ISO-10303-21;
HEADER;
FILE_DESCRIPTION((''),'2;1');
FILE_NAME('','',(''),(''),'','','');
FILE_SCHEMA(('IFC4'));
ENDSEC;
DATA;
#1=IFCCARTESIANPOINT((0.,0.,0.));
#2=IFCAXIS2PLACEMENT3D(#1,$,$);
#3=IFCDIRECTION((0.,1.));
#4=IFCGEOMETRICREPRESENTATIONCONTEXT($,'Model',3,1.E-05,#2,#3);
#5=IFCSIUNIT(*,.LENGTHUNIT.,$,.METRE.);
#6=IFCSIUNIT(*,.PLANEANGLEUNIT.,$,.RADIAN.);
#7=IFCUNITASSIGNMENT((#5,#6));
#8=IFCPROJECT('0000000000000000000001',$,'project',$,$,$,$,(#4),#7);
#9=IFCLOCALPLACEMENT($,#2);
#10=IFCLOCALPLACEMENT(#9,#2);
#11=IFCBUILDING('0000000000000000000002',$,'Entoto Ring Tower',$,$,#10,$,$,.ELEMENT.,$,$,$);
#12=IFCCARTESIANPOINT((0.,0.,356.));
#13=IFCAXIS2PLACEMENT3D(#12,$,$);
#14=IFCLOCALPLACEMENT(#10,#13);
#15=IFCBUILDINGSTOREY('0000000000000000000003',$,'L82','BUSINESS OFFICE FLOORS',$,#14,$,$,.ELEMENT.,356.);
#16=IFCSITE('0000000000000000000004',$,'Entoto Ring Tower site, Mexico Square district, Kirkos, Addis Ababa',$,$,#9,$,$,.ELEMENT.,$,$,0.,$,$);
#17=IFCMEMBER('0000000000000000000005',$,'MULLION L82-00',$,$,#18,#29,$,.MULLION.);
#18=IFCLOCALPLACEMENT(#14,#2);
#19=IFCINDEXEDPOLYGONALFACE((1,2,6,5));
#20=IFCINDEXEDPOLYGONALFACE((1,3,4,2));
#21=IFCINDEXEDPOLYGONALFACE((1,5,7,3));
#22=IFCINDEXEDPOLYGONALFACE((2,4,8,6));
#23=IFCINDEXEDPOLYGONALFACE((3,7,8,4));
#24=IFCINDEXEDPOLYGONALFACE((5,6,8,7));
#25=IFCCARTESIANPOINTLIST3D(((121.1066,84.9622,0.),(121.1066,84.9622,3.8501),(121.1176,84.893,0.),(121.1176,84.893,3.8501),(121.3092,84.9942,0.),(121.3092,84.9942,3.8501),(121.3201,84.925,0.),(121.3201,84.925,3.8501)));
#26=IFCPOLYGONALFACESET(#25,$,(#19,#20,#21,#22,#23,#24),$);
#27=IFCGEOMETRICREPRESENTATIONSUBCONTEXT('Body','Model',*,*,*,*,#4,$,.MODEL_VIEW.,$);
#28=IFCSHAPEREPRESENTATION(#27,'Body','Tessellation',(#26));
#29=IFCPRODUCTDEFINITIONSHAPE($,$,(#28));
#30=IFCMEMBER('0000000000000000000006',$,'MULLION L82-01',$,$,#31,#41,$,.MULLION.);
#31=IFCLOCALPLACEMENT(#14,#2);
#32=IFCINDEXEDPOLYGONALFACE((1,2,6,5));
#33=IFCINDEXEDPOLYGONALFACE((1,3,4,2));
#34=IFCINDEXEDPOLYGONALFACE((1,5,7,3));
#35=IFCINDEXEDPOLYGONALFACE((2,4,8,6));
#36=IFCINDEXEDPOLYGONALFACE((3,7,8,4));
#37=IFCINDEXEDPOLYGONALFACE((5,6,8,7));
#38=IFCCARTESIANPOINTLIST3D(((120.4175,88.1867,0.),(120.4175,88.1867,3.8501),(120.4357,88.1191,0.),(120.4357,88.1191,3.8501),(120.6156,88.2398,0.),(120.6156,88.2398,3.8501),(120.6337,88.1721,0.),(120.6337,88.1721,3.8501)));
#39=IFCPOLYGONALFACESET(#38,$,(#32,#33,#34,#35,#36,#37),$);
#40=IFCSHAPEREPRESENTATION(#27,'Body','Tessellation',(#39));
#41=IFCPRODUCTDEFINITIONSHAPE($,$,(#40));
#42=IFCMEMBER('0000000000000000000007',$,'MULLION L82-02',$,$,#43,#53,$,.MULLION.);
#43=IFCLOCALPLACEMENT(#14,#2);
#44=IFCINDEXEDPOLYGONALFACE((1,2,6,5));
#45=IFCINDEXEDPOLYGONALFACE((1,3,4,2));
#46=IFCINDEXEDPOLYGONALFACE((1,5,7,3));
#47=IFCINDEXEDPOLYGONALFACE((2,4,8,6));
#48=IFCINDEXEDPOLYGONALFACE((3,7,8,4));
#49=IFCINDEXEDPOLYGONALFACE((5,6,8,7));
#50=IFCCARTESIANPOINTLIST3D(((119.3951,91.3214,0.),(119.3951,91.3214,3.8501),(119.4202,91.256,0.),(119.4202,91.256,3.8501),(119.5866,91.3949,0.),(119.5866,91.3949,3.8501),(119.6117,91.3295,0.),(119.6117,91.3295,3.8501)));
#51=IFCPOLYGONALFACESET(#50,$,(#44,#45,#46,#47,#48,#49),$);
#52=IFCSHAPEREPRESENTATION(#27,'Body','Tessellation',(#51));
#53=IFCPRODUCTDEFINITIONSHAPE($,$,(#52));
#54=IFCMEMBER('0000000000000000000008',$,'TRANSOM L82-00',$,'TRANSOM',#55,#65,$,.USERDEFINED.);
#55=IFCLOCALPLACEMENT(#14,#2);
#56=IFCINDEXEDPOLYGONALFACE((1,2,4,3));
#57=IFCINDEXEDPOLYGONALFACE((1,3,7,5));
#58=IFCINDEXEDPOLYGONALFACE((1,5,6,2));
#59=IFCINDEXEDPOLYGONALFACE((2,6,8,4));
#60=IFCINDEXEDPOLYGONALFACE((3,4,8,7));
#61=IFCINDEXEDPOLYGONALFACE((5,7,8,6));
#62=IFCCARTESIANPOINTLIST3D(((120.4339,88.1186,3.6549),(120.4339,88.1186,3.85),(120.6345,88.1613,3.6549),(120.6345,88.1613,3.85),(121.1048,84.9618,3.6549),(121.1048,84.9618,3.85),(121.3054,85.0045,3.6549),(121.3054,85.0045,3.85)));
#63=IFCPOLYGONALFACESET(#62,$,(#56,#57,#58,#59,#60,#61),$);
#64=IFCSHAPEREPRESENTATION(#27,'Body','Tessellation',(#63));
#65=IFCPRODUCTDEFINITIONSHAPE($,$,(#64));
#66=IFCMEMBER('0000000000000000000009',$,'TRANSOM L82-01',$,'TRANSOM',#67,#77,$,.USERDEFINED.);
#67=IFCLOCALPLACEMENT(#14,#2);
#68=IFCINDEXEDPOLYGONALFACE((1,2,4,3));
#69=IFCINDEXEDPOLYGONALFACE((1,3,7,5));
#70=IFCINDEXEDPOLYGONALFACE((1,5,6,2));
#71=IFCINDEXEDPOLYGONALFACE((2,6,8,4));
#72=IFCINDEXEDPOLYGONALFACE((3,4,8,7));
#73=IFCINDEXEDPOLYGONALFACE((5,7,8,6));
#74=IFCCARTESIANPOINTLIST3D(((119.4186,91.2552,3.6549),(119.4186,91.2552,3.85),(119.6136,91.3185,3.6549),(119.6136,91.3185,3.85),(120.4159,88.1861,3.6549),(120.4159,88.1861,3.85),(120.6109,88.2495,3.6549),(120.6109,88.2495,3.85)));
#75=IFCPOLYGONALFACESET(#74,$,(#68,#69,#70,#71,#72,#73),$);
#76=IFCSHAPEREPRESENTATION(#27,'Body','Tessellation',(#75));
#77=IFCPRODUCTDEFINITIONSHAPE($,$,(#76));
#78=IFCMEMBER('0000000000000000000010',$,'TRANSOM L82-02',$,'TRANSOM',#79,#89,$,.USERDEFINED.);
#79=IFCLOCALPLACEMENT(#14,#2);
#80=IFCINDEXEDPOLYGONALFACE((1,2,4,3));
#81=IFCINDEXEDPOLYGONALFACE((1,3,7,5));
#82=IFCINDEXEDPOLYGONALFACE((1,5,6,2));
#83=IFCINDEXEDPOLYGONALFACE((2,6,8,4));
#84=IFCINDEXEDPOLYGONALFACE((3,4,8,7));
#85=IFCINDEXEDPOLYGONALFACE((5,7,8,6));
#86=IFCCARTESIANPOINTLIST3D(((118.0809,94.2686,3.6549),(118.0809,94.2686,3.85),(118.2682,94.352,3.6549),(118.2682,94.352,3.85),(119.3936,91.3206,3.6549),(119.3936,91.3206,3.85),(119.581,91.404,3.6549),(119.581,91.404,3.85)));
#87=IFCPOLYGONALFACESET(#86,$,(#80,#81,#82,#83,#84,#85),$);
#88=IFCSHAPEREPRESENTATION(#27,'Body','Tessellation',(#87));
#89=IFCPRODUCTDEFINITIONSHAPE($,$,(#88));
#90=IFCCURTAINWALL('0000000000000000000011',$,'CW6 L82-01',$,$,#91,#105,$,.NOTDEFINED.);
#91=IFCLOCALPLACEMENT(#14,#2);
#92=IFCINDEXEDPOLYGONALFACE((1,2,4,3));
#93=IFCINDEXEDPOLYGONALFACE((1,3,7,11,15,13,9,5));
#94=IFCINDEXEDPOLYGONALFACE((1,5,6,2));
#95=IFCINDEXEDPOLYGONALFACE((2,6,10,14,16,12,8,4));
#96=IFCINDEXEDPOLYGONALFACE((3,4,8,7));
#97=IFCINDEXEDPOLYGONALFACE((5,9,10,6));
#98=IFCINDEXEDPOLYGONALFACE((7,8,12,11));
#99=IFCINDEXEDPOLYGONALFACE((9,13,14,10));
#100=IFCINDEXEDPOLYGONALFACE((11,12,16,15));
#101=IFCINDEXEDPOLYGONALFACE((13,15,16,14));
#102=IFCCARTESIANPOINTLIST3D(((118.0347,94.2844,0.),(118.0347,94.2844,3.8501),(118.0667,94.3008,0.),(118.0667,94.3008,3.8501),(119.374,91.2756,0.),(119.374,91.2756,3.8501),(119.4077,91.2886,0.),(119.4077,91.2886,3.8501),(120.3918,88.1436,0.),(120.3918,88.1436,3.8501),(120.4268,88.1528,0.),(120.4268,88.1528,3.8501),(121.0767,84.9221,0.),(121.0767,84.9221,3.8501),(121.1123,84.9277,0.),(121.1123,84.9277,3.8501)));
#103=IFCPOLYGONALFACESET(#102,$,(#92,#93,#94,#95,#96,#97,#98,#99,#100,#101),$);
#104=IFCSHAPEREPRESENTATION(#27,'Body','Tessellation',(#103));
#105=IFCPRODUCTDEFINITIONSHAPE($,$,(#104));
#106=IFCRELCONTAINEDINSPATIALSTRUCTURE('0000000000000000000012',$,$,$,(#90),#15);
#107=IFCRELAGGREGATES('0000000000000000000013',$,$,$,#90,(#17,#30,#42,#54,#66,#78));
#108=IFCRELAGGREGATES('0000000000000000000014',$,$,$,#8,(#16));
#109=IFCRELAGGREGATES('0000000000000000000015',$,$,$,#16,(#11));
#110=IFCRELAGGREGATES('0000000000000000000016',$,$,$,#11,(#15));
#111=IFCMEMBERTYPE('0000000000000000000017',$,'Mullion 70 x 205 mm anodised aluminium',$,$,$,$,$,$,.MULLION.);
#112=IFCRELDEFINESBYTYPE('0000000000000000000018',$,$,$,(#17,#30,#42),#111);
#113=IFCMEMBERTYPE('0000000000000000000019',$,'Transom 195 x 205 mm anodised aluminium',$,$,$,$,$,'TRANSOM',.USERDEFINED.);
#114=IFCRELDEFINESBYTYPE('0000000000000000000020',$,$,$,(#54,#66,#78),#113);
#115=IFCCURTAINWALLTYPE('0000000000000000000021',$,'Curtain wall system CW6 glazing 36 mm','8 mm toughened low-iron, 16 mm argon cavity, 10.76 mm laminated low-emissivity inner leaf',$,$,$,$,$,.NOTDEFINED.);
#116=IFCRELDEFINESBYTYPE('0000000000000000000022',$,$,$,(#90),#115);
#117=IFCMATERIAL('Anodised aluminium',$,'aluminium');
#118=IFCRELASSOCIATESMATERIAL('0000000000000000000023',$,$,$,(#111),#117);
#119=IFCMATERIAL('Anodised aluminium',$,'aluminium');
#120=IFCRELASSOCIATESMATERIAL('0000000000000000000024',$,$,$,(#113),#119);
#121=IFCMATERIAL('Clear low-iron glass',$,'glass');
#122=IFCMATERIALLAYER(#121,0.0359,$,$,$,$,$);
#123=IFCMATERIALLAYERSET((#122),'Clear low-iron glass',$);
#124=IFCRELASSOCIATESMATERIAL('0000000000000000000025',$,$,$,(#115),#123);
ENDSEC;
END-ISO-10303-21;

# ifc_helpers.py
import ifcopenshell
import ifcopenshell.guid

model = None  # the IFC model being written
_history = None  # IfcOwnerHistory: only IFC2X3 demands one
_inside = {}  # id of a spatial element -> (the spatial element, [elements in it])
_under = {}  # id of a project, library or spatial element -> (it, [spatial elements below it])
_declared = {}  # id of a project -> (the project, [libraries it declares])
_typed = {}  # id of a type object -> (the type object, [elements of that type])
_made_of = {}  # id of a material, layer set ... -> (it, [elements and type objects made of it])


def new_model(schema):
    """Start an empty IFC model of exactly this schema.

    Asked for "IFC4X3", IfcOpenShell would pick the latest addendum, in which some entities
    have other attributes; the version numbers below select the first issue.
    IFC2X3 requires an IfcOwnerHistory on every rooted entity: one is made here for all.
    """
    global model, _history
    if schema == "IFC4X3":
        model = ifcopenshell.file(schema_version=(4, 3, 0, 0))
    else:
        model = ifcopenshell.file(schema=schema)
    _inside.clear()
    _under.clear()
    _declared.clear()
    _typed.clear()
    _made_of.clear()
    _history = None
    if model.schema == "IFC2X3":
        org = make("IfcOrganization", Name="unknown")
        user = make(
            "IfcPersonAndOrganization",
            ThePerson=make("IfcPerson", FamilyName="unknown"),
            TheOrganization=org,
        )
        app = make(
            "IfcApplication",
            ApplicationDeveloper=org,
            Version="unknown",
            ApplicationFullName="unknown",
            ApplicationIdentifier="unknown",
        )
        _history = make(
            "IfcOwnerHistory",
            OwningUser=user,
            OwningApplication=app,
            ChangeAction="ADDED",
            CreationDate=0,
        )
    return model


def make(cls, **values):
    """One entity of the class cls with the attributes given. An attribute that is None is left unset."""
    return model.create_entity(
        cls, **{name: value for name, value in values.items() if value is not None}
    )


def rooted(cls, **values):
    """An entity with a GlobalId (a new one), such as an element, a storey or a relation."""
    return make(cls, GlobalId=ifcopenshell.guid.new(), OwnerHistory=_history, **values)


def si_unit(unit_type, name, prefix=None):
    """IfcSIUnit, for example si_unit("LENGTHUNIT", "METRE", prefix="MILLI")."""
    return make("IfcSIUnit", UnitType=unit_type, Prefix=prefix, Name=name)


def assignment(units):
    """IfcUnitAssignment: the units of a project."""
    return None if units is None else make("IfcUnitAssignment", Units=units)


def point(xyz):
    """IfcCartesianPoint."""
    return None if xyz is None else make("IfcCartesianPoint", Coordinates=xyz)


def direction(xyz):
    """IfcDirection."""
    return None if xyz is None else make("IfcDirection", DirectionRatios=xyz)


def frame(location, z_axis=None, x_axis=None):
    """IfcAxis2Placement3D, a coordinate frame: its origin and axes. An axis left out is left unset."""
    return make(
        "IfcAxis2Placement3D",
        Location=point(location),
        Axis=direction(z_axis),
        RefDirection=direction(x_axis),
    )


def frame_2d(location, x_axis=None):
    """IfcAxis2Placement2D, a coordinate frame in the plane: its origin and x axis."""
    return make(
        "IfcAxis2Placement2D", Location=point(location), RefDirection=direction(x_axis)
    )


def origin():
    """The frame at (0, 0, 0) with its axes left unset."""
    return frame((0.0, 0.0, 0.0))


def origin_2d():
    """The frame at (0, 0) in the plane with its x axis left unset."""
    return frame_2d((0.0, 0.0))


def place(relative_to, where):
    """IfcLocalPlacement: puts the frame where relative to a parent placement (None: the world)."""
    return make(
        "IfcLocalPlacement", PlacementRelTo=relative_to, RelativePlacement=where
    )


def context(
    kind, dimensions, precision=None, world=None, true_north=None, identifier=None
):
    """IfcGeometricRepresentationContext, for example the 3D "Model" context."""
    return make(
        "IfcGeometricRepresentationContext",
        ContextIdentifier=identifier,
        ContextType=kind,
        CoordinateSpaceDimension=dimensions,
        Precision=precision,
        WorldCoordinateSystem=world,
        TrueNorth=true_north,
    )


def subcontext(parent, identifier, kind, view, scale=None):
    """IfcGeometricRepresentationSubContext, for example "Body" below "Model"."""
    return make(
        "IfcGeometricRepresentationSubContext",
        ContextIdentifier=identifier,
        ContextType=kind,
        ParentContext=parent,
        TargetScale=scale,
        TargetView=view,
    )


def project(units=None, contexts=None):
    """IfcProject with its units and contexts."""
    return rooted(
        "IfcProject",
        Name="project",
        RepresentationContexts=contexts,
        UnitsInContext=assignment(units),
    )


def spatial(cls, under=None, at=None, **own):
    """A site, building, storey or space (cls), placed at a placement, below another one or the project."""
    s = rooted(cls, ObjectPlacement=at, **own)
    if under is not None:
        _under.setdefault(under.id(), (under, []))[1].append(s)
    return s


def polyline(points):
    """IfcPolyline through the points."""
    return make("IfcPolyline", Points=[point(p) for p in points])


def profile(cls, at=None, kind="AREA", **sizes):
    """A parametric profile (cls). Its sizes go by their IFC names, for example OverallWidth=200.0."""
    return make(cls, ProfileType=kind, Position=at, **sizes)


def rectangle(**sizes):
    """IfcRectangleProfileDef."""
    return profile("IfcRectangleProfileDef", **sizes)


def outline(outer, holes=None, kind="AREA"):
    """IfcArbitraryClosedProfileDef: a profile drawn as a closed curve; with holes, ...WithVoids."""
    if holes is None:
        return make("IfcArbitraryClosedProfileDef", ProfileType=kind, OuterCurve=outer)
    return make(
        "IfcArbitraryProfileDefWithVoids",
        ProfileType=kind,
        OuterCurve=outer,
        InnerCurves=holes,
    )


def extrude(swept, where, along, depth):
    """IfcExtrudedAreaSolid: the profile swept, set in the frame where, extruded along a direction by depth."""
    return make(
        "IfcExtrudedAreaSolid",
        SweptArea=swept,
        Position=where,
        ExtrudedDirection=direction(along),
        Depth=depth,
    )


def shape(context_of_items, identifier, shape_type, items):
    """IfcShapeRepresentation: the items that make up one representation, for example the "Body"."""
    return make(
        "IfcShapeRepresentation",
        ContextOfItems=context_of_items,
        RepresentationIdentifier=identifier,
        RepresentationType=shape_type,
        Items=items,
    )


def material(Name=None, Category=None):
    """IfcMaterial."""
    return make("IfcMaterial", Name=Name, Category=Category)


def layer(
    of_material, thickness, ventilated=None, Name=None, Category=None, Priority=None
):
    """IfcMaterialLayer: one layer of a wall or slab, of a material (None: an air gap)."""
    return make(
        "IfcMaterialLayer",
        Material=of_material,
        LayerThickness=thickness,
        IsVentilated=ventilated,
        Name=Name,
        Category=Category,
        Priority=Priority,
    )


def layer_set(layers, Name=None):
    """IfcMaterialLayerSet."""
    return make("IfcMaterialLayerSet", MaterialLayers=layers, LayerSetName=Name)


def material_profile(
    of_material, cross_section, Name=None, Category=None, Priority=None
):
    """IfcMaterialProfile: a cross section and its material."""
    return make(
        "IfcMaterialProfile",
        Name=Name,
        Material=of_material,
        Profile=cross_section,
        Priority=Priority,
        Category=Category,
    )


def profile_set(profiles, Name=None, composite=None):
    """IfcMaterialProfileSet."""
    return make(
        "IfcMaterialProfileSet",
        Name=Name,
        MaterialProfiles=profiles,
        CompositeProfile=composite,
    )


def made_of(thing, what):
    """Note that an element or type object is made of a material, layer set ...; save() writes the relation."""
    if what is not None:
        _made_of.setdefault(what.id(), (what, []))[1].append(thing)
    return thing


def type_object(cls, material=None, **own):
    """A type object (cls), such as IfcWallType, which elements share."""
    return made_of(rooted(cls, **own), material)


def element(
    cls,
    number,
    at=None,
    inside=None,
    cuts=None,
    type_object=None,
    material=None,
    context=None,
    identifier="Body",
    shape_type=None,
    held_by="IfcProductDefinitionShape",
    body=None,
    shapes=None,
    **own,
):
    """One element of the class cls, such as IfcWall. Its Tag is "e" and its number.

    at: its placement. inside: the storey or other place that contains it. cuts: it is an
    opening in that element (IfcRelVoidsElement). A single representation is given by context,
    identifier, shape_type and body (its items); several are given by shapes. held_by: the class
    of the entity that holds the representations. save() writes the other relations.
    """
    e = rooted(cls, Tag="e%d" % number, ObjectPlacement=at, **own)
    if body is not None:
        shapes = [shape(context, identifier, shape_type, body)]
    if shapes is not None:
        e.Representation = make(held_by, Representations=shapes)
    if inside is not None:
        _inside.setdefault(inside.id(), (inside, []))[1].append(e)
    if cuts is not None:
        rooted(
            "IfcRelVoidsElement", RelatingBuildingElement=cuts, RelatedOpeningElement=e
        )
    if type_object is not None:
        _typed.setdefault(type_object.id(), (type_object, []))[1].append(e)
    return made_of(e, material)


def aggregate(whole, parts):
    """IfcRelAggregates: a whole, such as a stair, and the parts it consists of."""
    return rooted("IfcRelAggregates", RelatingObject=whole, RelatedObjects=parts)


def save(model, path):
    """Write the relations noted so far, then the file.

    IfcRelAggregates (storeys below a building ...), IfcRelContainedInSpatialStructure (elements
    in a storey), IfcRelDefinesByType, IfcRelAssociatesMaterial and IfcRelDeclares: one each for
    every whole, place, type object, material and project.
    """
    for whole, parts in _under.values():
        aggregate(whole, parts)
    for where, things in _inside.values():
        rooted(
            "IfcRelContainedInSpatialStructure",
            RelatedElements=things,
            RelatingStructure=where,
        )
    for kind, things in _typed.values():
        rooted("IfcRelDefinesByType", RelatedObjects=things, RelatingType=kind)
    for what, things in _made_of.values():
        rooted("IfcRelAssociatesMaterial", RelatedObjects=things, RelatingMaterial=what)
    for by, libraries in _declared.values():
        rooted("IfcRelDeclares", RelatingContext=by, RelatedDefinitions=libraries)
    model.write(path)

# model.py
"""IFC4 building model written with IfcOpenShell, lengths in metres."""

from ifc_helpers import new_model, si_unit, direction, frame, origin, origin_2d, place, context, subcontext, project, spatial, polyline, rectangle, outline, extrude, material, layer, layer_set, material_profile, profile_set, type_object, element, aggregate, save


model = new_model("IFC4")

# Units and contexts
model_context = context("Model", 3, precision=1e-05, world=origin(), true_north=direction((0.0, 1.0)))
body_context = subcontext(model_context, "Body", "Model", "MODEL_VIEW")
ifc_project = project(units=[si_unit("LENGTHUNIT", "METRE"), si_unit("PLANEANGLEUNIT", "RADIAN")], contexts=[model_context])

# Members
ifc_material_1 = material(Name="Anodised aluminium", Category="aluminium")
ifc_material_profile_1 = material_profile(ifc_material_1, rectangle(XDim=0.0701, YDim=0.2051, at=origin_2d()), Name="Mullion 70 x 205 mm anodised aluminium")
ifc_profile_set_1 = profile_set([ifc_material_profile_1], Name="Anodised aluminium")
member_type_1 = type_object("IfcMemberType", Name="Mullion 70 x 205 mm anodised aluminium", PredefinedType="MULLION", material=ifc_profile_set_1)
site_placement = place(None, origin())
building_placement = place(site_placement, origin())
storey_placement = place(building_placement, frame((0.0, 0.0, 356.0)))
member_1_placement = place(storey_placement, frame((121.2134, 84.9436, 0.0), z_axis=(0.0, 0.0, 1.0), x_axis=(-0.156434, 0.987688, 0.0)))
member_1 = element("IfcMember", 1, at=member_1_placement, type_object=member_type_1, Name="MULLION L82-00", PredefinedType="MULLION", context=body_context, shape_type="SweptSolid", body=[
    extrude(rectangle(XDim=0.0701, YDim=0.2051, at=origin_2d()), origin(), (0.0, 0.0, 1.0), 3.8501),
])
member_2_placement = place(storey_placement, frame((120.5256, 88.1794, 0.0), z_axis=(0.0, 0.0, 1.0), x_axis=(-0.258819, 0.965926, 0.0)))
member_2 = element("IfcMember", 2, at=member_2_placement, type_object=member_type_1, Name="MULLION L82-01", PredefinedType="MULLION", context=body_context, shape_type="SweptSolid", body=[
    extrude(rectangle(XDim=0.0701, YDim=0.2051, at=origin_2d()), origin(), (0.0, 0.0, 1.0), 3.8501),
])
member_3_placement = place(storey_placement, frame((119.5034, 91.3254, 0.0), z_axis=(0.0, 0.0, 1.0), x_axis=(-0.358368, 0.93358, 0.0)))
member_3 = element("IfcMember", 3, at=member_3_placement, type_object=member_type_1, Name="MULLION L82-02", PredefinedType="MULLION", context=body_context, shape_type="SweptSolid", body=[
    extrude(rectangle(XDim=0.0701, YDim=0.2051, at=origin_2d()), origin(), (0.0, 0.0, 1.0), 3.8501),
])
ifc_material_2 = material(Name="Anodised aluminium", Category="aluminium")
ifc_material_profile_2 = material_profile(ifc_material_2, rectangle(XDim=0.2051, YDim=0.1951, at=origin_2d()), Name="Transom 195 x 205 mm anodised aluminium")
ifc_profile_set_2 = profile_set([ifc_material_profile_2], Name="Anodised aluminium")
member_type_2 = type_object("IfcMemberType", Name="Transom 195 x 205 mm anodised aluminium", ElementType="TRANSOM", PredefinedType="USERDEFINED", material=ifc_profile_set_2)
member_4_placement = place(storey_placement, frame((121.2051, 84.9832, 3.7524), z_axis=(-0.207886, 0.978153, 0.0), x_axis=(-0.978153, -0.207886, 0.0)))
member_4 = element("IfcMember", 4, at=member_4_placement, type_object=member_type_2, Name="TRANSOM L82-00", ObjectType="TRANSOM", PredefinedType="USERDEFINED", context=body_context, shape_type="SweptSolid", body=[
    extrude(rectangle(XDim=0.2051, YDim=0.1951, at=origin_2d()), origin(), (0.0, 0.0, 1.0), 3.2273),
])
member_5_placement = place(storey_placement, frame((120.5134, 88.2178, 3.7524), z_axis=(-0.309047, 0.951047, 0.0), x_axis=(-0.951047, -0.309047, 0.0)))
member_5 = element("IfcMember", 5, at=member_5_placement, type_object=member_type_2, Name="TRANSOM L82-01", ObjectType="TRANSOM", PredefinedType="USERDEFINED", context=body_context, shape_type="SweptSolid", body=[
    extrude(rectangle(XDim=0.2051, YDim=0.1951, at=origin_2d()), origin(), (0.0, 0.0, 1.0), 3.2271),
])
member_6_placement = place(storey_placement, frame((119.4873, 91.3623, 3.7524), z_axis=(-0.406791, 0.913521, 0.0), x_axis=(-0.913521, -0.406791, 0.0)))
member_6 = element("IfcMember", 6, at=member_6_placement, type_object=member_type_2, Name="TRANSOM L82-02", ObjectType="TRANSOM", PredefinedType="USERDEFINED", context=body_context, shape_type="SweptSolid", body=[
    extrude(rectangle(XDim=0.2051, YDim=0.1951, at=origin_2d()), origin(), (0.0, 0.0, 1.0), 3.2271),
])

# Site, building, storey
site = spatial("IfcSite", under=ifc_project, at=site_placement, Name="Entoto Ring Tower site, Mexico Square district, Kirkos, Addis Ababa", CompositionType="ELEMENT", RefElevation=0.0)
building = spatial("IfcBuilding", under=site, at=building_placement, Name="Entoto Ring Tower", CompositionType="ELEMENT")
storey = spatial("IfcBuildingStorey", under=building, at=storey_placement, Name="L82", Description="BUSINESS OFFICE FLOORS", CompositionType="ELEMENT", Elevation=356.0)

# Curtain wall
ifc_material_3 = material(Name="Clear low-iron glass", Category="glass")
ifc_layer_1 = layer(ifc_material_3, 0.0359)
ifc_layer_set_1 = layer_set([ifc_layer_1], Name="Clear low-iron glass")
curtain_wall_type = type_object("IfcCurtainWallType", Name="Curtain wall system CW6 glazing 36 mm", Description="8 mm toughened low-iron, 16 mm argon cavity, 10.76 mm laminated low-emissivity inner leaf", PredefinedType="NOTDEFINED", material=ifc_layer_set_1)
curtain_wall_1_placement = place(storey_placement, origin())
curtain_wall_1 = element("IfcCurtainWall", 7, at=curtain_wall_1_placement, inside=storey, type_object=curtain_wall_type, Name="CW6 L82-01", PredefinedType="NOTDEFINED", context=body_context, shape_type="SweptSolid", body=[
    extrude(outline(polyline([(121.1123, 84.9277), (120.4268, 88.1528), (119.4077, 91.2886), (118.0667, 94.3008), (118.0347, 94.2844), (119.374, 91.2756), (120.3918, 88.1436), (121.0767, 84.9221), (121.1123, 84.9277)])), origin(), (0.0, 0.0, 1.0), 3.8501),
])
aggregate(curtain_wall_1, [member_1, member_2, member_3, member_4, member_5, member_6])

save(model, "model.ifc")
